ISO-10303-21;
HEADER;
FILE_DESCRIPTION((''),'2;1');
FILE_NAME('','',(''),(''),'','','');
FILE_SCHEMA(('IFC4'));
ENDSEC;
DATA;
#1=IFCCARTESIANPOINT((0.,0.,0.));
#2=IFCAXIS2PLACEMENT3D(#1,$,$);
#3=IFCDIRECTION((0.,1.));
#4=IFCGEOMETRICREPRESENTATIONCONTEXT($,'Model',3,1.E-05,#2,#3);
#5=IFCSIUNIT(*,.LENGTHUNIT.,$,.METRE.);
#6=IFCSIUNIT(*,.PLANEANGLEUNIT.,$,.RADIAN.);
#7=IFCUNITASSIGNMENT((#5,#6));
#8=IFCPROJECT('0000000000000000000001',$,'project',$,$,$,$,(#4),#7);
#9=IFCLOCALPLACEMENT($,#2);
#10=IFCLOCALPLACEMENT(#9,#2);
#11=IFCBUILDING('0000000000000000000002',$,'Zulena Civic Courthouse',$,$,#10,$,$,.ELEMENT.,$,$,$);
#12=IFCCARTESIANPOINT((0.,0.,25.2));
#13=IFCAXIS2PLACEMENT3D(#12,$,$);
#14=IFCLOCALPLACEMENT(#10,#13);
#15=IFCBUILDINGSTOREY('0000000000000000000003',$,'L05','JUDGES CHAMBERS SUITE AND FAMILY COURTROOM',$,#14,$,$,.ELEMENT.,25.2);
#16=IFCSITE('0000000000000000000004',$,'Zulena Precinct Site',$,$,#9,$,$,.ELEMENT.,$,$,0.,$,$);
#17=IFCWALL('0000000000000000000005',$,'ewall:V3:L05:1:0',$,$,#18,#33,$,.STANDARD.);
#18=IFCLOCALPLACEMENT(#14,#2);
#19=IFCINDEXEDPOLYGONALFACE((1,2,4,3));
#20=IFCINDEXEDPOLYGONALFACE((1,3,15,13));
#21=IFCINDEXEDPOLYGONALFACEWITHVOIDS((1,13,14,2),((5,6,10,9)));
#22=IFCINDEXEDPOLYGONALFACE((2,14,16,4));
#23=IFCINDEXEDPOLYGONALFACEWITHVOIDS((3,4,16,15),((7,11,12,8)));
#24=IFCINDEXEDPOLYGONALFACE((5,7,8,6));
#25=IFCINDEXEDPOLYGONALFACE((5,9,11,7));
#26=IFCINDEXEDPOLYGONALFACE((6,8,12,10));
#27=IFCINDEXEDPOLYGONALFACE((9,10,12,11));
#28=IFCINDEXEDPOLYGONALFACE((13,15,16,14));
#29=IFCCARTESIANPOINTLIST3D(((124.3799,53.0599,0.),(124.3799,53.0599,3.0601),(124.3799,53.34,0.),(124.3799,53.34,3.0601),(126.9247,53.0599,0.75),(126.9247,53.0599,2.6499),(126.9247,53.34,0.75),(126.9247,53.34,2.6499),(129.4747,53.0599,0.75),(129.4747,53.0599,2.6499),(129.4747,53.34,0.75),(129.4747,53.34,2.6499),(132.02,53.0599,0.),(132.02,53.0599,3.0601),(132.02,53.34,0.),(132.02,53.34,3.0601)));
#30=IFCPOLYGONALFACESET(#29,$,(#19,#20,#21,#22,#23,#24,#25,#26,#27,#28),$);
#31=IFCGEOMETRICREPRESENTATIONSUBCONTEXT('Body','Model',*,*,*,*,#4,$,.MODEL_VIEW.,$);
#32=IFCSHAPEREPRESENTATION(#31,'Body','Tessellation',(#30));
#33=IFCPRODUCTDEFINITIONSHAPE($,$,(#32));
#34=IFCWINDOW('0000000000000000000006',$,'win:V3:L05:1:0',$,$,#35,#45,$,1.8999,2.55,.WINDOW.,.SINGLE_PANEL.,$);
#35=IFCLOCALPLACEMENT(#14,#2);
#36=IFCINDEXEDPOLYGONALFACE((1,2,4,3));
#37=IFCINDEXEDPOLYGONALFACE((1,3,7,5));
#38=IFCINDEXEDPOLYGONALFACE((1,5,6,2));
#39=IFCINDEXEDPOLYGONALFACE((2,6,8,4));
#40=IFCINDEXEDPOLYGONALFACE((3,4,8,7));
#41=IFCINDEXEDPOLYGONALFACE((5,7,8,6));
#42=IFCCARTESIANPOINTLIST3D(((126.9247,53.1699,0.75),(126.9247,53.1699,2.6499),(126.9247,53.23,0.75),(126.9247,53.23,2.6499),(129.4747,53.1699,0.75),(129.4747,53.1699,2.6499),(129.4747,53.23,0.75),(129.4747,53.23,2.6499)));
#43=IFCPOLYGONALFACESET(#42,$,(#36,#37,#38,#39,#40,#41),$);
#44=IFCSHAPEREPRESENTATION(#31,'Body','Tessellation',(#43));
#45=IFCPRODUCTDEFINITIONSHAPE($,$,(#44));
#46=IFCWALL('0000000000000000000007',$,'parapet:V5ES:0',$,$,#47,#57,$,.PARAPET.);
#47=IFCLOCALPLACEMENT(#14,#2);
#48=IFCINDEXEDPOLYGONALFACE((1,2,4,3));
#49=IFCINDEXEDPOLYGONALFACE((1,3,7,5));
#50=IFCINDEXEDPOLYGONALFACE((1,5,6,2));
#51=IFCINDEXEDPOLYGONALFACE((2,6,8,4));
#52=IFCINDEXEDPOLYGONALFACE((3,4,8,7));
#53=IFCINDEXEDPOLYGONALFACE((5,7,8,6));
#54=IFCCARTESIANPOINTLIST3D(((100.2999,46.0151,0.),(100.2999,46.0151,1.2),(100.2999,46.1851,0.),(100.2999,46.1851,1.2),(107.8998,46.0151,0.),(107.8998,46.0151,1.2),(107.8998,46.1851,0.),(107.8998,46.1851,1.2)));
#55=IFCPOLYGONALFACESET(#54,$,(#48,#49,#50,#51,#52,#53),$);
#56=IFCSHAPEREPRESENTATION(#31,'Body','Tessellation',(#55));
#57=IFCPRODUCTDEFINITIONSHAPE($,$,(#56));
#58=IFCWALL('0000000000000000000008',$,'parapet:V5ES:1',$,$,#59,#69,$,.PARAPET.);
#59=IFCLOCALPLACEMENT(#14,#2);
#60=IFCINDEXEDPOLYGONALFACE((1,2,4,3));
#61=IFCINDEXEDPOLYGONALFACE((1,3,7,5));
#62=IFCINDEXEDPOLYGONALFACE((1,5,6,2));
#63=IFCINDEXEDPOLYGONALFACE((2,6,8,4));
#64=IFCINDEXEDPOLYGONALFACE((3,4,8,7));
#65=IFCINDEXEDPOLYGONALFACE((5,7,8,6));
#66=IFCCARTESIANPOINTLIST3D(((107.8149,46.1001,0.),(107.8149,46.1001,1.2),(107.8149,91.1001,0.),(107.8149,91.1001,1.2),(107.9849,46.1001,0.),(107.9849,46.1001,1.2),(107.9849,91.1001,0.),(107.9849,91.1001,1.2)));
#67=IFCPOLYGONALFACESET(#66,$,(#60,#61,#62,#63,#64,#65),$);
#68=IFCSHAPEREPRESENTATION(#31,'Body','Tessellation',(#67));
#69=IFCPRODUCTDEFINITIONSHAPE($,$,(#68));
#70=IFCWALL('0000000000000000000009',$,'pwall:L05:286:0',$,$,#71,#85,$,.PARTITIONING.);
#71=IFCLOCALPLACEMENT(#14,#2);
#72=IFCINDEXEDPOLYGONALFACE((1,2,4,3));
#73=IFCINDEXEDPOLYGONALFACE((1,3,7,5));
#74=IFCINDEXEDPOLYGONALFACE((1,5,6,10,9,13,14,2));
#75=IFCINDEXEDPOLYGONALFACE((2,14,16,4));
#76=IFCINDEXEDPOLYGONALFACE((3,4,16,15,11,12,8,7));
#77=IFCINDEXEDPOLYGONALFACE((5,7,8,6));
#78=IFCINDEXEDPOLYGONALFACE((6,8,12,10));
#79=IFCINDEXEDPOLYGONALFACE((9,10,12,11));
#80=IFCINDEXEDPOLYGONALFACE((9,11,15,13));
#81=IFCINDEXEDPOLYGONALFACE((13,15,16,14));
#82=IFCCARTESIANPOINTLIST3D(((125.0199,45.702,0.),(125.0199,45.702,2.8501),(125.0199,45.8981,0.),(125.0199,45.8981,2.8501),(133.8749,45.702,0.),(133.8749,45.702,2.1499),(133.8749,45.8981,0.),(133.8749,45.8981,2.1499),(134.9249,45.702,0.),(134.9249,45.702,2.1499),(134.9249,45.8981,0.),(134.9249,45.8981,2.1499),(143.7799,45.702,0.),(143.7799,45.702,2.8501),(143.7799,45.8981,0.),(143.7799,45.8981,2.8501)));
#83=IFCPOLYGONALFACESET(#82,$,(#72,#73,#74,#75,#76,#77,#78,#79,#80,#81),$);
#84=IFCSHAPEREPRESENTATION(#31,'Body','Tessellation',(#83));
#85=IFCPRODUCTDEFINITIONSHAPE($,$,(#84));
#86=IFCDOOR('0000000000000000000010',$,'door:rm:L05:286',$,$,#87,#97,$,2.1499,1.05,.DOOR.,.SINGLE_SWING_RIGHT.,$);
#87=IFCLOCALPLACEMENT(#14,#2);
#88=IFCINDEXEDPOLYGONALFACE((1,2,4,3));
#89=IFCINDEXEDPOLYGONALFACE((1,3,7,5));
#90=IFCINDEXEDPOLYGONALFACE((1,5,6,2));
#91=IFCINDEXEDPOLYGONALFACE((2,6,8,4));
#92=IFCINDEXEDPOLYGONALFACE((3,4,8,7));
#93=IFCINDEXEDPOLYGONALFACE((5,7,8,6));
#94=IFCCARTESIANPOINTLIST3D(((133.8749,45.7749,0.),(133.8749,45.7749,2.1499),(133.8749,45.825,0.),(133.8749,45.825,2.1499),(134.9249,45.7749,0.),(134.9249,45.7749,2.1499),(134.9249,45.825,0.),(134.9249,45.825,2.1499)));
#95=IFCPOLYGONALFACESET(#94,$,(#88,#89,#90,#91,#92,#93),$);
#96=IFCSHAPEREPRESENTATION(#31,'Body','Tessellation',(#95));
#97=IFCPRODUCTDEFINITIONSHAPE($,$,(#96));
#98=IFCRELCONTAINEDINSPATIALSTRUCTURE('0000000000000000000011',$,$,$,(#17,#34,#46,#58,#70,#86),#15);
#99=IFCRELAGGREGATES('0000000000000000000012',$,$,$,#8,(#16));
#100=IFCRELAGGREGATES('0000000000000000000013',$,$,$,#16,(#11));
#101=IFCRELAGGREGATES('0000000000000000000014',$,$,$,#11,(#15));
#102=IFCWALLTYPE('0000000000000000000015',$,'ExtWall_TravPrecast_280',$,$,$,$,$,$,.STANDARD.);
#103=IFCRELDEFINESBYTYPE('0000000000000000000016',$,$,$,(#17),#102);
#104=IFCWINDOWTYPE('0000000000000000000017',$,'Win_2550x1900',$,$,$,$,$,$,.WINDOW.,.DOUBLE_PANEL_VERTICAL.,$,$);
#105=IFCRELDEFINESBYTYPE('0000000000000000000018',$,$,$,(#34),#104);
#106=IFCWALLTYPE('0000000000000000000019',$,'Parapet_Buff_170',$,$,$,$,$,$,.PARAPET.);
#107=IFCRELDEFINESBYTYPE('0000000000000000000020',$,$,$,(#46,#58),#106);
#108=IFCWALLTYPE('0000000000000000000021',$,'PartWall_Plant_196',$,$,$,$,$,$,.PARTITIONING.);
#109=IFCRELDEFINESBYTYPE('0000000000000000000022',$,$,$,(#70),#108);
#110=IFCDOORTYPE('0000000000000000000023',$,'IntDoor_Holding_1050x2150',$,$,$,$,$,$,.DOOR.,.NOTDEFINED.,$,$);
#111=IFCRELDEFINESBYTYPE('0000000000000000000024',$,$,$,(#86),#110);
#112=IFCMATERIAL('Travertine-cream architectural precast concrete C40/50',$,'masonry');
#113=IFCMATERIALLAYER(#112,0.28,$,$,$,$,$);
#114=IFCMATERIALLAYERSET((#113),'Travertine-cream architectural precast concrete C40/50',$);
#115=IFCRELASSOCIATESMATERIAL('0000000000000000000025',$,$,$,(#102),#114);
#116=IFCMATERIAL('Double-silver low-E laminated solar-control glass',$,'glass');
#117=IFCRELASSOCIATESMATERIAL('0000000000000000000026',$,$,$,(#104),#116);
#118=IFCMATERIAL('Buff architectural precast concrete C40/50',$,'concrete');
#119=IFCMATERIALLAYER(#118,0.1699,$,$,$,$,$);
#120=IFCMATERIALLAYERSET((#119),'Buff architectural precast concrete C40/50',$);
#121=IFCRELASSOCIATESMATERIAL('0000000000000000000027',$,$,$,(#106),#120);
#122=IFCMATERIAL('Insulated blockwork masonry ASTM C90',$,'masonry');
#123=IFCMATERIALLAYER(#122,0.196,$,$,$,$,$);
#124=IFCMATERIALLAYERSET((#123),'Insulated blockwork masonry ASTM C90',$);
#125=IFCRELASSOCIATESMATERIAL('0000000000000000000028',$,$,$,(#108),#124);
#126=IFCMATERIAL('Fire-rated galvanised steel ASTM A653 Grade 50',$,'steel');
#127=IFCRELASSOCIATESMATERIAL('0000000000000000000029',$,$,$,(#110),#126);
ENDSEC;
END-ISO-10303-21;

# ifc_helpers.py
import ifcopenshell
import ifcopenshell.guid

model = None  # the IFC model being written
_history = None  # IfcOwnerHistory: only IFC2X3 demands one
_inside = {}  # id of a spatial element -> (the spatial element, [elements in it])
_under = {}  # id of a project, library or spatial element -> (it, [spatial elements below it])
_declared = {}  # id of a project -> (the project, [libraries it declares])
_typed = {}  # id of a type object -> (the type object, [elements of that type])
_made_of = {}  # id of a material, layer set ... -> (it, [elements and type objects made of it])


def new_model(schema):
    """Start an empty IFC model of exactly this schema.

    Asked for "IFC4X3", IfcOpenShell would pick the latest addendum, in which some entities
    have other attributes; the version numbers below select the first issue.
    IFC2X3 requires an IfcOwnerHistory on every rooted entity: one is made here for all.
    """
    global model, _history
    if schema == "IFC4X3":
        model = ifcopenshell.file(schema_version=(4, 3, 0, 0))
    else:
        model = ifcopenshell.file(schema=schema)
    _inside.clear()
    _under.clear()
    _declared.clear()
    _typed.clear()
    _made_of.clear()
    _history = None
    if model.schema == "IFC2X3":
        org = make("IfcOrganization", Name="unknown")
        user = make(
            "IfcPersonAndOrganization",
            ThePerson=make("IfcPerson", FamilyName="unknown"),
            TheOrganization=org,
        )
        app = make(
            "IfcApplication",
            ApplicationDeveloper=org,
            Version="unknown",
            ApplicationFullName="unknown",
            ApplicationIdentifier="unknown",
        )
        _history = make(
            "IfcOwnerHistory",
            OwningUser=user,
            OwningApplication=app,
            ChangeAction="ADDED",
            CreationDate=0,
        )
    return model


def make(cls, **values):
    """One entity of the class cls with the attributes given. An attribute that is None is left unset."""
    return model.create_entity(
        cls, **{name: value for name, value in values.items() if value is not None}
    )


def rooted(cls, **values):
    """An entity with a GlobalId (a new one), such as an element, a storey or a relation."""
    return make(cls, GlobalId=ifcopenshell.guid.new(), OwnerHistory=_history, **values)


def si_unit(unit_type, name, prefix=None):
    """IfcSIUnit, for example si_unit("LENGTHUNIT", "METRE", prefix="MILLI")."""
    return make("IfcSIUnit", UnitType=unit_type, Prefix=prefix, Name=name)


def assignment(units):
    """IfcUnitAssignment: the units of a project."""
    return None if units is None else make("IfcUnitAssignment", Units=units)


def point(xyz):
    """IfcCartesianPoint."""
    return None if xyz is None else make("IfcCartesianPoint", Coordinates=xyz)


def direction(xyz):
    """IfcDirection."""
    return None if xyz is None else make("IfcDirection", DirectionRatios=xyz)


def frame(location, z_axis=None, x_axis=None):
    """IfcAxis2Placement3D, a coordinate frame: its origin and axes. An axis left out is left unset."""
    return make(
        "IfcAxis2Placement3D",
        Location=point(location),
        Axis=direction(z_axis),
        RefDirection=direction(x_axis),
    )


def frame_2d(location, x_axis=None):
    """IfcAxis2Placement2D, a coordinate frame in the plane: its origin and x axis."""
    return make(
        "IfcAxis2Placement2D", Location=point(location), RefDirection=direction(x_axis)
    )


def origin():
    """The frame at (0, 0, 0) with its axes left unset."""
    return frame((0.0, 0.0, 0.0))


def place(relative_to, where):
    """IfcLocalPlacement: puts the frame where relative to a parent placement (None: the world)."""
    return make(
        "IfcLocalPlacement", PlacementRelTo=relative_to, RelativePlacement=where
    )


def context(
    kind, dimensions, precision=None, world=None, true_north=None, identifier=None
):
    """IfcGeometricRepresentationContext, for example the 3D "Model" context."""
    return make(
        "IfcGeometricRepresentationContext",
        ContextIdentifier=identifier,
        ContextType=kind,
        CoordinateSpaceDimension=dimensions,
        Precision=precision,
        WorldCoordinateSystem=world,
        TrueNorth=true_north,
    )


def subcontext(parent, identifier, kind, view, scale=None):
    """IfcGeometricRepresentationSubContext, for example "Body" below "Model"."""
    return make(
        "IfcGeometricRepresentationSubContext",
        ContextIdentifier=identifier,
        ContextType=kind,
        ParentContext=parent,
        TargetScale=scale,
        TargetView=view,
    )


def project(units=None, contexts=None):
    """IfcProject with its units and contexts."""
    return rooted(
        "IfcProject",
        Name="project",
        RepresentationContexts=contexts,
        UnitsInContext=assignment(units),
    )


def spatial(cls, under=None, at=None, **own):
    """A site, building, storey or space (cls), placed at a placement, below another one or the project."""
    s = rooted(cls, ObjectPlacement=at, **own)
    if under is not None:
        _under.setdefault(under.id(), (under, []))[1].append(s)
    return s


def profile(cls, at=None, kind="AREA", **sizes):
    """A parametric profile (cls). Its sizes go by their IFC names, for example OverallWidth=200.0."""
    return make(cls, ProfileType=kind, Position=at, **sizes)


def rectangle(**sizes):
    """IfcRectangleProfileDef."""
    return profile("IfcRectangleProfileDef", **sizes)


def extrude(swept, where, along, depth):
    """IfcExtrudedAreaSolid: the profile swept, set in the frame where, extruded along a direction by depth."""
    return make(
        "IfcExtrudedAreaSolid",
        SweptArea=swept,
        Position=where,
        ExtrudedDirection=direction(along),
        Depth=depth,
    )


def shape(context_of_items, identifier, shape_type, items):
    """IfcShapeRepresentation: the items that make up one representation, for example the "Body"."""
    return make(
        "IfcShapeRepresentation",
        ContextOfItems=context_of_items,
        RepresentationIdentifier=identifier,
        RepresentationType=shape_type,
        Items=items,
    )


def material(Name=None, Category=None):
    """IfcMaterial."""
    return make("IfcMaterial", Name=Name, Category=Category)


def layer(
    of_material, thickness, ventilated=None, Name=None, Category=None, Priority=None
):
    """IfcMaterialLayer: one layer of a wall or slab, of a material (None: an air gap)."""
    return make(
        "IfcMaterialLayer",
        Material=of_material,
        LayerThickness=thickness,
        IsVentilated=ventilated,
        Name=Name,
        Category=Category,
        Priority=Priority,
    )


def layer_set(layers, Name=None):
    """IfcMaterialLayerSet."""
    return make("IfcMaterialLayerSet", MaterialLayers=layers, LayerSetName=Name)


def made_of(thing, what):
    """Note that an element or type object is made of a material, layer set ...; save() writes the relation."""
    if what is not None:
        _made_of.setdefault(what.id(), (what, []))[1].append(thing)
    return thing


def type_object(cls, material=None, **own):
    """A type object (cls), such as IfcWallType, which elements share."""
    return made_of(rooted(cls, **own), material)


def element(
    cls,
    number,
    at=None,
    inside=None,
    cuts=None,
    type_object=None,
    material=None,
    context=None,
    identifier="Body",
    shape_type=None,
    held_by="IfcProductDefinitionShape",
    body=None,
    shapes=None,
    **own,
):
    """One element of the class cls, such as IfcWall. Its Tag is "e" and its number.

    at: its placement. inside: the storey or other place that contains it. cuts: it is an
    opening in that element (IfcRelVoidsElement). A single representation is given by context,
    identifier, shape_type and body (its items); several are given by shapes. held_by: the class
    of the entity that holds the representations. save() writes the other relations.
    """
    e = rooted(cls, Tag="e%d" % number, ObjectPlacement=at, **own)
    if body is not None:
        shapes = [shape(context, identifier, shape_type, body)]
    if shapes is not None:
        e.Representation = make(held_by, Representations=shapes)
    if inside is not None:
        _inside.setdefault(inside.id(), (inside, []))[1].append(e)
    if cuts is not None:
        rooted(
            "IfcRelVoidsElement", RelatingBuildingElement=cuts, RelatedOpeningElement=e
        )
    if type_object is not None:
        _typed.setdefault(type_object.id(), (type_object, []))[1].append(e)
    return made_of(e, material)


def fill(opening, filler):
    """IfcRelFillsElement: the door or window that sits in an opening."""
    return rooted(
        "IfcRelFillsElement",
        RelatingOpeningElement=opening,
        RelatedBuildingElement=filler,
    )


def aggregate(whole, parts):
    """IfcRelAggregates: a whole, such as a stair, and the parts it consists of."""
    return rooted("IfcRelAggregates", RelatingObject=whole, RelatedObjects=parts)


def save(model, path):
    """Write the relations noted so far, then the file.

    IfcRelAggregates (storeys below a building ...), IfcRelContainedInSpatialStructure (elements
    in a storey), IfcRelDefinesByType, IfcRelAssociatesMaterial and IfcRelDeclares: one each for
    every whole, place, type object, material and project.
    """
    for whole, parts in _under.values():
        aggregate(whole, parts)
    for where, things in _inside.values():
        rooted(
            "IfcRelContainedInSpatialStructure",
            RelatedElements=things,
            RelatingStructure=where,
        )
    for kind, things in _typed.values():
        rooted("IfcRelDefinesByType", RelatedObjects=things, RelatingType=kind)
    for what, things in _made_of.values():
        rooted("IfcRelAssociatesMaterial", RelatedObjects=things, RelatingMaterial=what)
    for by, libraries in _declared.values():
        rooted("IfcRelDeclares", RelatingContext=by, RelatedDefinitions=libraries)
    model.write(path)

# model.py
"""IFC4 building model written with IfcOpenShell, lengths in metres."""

from ifc_helpers import new_model, si_unit, direction, frame, frame_2d, origin, place, context, subcontext, project, spatial, rectangle, extrude, material, layer, layer_set, type_object, element, fill, save


model = new_model("IFC4")

# Units and contexts
model_context = context("Model", 3, precision=1e-05, world=origin(), true_north=direction((0.0, 1.0)))
body_context = subcontext(model_context, "Body", "Model", "MODEL_VIEW")
ifc_project = project(units=[si_unit("LENGTHUNIT", "METRE"), si_unit("PLANEANGLEUNIT", "RADIAN")], contexts=[model_context])

# Site, building, storey
site_placement = place(None, origin())
site = spatial("IfcSite", under=ifc_project, at=site_placement, Name="Zulena Precinct Site", CompositionType="ELEMENT", RefElevation=0.0)
building_placement = place(site_placement, origin())
building = spatial("IfcBuilding", under=site, at=building_placement, Name="Zulena Civic Courthouse", CompositionType="ELEMENT")
storey_placement = place(building_placement, frame((0.0, 0.0, 25.2)))
storey = spatial("IfcBuildingStorey", under=building, at=storey_placement, Name="L05", Description="JUDGES CHAMBERS SUITE AND FAMILY COURTROOM", CompositionType="ELEMENT", Elevation=25.2)

# Wall, opening, window
ifc_material_1 = material(Name="Buff architectural precast concrete C40/50", Category="concrete")
ifc_material_2 = material(Name="Double-silver low-E laminated solar-control glass", Category="glass")
ifc_material_3 = material(Name="Travertine-cream architectural precast concrete C40/50", Category="masonry")
ifc_layer_1 = layer(ifc_material_3, 0.28)
ifc_layer_set_1 = layer_set([ifc_layer_1], Name="Travertine-cream architectural precast concrete C40/50")
wall_type_1 = type_object("IfcWallType", Name="ExtWall_TravPrecast_280", PredefinedType="STANDARD", material=ifc_layer_set_1)
wall_1_placement = place(storey_placement, frame((124.3799, 53.2, 0.0), z_axis=(0.0, 0.0, 1.0), x_axis=(1.0, 0.0, 0.0)))
wall_1 = element("IfcWall", 1, at=wall_1_placement, inside=storey, type_object=wall_type_1, Name="ewall:V3:L05:1:0", PredefinedType="STANDARD", context=body_context, shape_type="SweptSolid", body=[
    extrude(rectangle(XDim=7.6401, YDim=0.28, at=frame_2d((3.8201, 0.0))), origin(), (0.0, 0.0, 1.0), 3.0601),
])
opening_1_placement = place(wall_1_placement, frame((2.5449, 0.0, 0.75)))
opening_1 = element("IfcOpeningElement", 2, at=opening_1_placement, cuts=wall_1, PredefinedType="OPENING", context=body_context, shape_type="SweptSolid", body=[
    extrude(rectangle(XDim=2.55, YDim=1.8999, at=frame_2d((1.2749, 0.95))), frame((0.0, 0.1499, 0.0), z_axis=(0.0, -1.0, 0.0), x_axis=(1.0, 0.0, 0.0)), (0.0, 0.0, 1.0), 0.3),
])
window_type_1 = type_object("IfcWindowType", Name="Win_2550x1900", PartitioningType="DOUBLE_PANEL_VERTICAL", PredefinedType="WINDOW", material=ifc_material_2)
window_1_placement = place(opening_1_placement, origin())
window_1 = element("IfcWindow", 3, at=window_1_placement, inside=storey, type_object=window_type_1, Name="win:V3:L05:1:0", OverallHeight=1.8999, OverallWidth=2.55, PartitioningType="SINGLE_PANEL", PredefinedType="WINDOW", context=body_context, shape_type="SweptSolid", body=[
    extrude(rectangle(XDim=2.55, YDim=1.8999, at=frame_2d((1.2749, 0.95))), frame((0.0, 0.03, 0.0), z_axis=(0.0, -1.0, 0.0), x_axis=(1.0, 0.0, 0.0)), (0.0, 0.0, 1.0), 0.0601),
])
fill(opening_1, window_1)

# Walls
ifc_layer_2 = layer(ifc_material_1, 0.1699)
ifc_layer_set_2 = layer_set([ifc_layer_2], Name="Buff architectural precast concrete C40/50")
wall_type_2 = type_object("IfcWallType", Name="Parapet_Buff_170", PredefinedType="PARAPET", material=ifc_layer_set_2)
wall_2_placement = place(storey_placement, frame((100.3, 46.1001, 0.0), z_axis=(0.0, 0.0, 1.0), x_axis=(1.0, 0.0, 0.0)))
element("IfcWall", 4, at=wall_2_placement, inside=storey, type_object=wall_type_2, Name="parapet:V5ES:0", PredefinedType="PARAPET", context=body_context, shape_type="SweptSolid", body=[
    extrude(rectangle(XDim=7.5999, YDim=0.1699, at=frame_2d((3.7998, 0.0))), origin(), (0.0, 0.0, 1.0), 1.2),
])
wall_3_placement = place(storey_placement, frame((107.8999, 46.1001, 0.0), z_axis=(0.0, 0.0, 1.0), x_axis=(0.0, 1.0, 0.0)))
element("IfcWall", 5, at=wall_3_placement, inside=storey, type_object=wall_type_2, Name="parapet:V5ES:1", PredefinedType="PARAPET", context=body_context, shape_type="SweptSolid", body=[
    extrude(rectangle(XDim=45.0, YDim=0.1699, at=frame_2d((22.5, 0.0))), origin(), (0.0, 0.0, 1.0), 1.2),
])

# Wall, opening, door
ifc_material_4 = material(Name="Insulated blockwork masonry ASTM C90", Category="masonry")
ifc_layer_3 = layer(ifc_material_4, 0.196)
ifc_layer_set_3 = layer_set([ifc_layer_3], Name="Insulated blockwork masonry ASTM C90")
wall_type_3 = type_object("IfcWallType", Name="PartWall_Plant_196", PredefinedType="PARTITIONING", material=ifc_layer_set_3)
wall_4_placement = place(storey_placement, frame((125.02, 45.8, 0.0), z_axis=(0.0, 0.0, 1.0), x_axis=(1.0, 0.0, 0.0)))
wall_4 = element("IfcWall", 6, at=wall_4_placement, inside=storey, type_object=wall_type_3, Name="pwall:L05:286:0", PredefinedType="PARTITIONING", context=body_context, shape_type="SweptSolid", body=[
    extrude(rectangle(XDim=18.76, YDim=0.196, at=frame_2d((9.3799, 0.0))), origin(), (0.0, 0.0, 1.0), 2.8501),
])
opening_2_placement = place(wall_4_placement, frame((8.855, 0.0, 0.0)))
opening_2 = element("IfcOpeningElement", 7, at=opening_2_placement, cuts=wall_4, PredefinedType="OPENING", context=body_context, shape_type="SweptSolid", body=[
    extrude(rectangle(XDim=1.05, YDim=2.1499, at=frame_2d((0.5249, 1.075))), frame((0.0, 0.1079, 0.0), z_axis=(0.0, -1.0, 0.0), x_axis=(1.0, 0.0, 0.0)), (0.0, 0.0, 1.0), 0.2161),
])
ifc_material_5 = material(Name="Fire-rated galvanised steel ASTM A653 Grade 50", Category="steel")
door_type = type_object("IfcDoorType", Name="IntDoor_Holding_1050x2150", OperationType="NOTDEFINED", PredefinedType="DOOR", material=ifc_material_5)
door_placement = place(opening_2_placement, origin())
door = element("IfcDoor", 8, at=door_placement, inside=storey, type_object=door_type, Name="door:rm:L05:286", OperationType="SINGLE_SWING_RIGHT", OverallHeight=2.1499, OverallWidth=1.05, PredefinedType="DOOR", context=body_context, shape_type="SweptSolid", body=[
    extrude(rectangle(XDim=1.05, YDim=2.1499, at=frame_2d((0.5249, 1.075))), frame((0.0, 0.0249, 0.0), z_axis=(0.0, -1.0, 0.0), x_axis=(1.0, 0.0, 0.0)), (0.0, 0.0, 1.0), 0.05),
])
fill(opening_2, door)

save(model, "model.ifc")
